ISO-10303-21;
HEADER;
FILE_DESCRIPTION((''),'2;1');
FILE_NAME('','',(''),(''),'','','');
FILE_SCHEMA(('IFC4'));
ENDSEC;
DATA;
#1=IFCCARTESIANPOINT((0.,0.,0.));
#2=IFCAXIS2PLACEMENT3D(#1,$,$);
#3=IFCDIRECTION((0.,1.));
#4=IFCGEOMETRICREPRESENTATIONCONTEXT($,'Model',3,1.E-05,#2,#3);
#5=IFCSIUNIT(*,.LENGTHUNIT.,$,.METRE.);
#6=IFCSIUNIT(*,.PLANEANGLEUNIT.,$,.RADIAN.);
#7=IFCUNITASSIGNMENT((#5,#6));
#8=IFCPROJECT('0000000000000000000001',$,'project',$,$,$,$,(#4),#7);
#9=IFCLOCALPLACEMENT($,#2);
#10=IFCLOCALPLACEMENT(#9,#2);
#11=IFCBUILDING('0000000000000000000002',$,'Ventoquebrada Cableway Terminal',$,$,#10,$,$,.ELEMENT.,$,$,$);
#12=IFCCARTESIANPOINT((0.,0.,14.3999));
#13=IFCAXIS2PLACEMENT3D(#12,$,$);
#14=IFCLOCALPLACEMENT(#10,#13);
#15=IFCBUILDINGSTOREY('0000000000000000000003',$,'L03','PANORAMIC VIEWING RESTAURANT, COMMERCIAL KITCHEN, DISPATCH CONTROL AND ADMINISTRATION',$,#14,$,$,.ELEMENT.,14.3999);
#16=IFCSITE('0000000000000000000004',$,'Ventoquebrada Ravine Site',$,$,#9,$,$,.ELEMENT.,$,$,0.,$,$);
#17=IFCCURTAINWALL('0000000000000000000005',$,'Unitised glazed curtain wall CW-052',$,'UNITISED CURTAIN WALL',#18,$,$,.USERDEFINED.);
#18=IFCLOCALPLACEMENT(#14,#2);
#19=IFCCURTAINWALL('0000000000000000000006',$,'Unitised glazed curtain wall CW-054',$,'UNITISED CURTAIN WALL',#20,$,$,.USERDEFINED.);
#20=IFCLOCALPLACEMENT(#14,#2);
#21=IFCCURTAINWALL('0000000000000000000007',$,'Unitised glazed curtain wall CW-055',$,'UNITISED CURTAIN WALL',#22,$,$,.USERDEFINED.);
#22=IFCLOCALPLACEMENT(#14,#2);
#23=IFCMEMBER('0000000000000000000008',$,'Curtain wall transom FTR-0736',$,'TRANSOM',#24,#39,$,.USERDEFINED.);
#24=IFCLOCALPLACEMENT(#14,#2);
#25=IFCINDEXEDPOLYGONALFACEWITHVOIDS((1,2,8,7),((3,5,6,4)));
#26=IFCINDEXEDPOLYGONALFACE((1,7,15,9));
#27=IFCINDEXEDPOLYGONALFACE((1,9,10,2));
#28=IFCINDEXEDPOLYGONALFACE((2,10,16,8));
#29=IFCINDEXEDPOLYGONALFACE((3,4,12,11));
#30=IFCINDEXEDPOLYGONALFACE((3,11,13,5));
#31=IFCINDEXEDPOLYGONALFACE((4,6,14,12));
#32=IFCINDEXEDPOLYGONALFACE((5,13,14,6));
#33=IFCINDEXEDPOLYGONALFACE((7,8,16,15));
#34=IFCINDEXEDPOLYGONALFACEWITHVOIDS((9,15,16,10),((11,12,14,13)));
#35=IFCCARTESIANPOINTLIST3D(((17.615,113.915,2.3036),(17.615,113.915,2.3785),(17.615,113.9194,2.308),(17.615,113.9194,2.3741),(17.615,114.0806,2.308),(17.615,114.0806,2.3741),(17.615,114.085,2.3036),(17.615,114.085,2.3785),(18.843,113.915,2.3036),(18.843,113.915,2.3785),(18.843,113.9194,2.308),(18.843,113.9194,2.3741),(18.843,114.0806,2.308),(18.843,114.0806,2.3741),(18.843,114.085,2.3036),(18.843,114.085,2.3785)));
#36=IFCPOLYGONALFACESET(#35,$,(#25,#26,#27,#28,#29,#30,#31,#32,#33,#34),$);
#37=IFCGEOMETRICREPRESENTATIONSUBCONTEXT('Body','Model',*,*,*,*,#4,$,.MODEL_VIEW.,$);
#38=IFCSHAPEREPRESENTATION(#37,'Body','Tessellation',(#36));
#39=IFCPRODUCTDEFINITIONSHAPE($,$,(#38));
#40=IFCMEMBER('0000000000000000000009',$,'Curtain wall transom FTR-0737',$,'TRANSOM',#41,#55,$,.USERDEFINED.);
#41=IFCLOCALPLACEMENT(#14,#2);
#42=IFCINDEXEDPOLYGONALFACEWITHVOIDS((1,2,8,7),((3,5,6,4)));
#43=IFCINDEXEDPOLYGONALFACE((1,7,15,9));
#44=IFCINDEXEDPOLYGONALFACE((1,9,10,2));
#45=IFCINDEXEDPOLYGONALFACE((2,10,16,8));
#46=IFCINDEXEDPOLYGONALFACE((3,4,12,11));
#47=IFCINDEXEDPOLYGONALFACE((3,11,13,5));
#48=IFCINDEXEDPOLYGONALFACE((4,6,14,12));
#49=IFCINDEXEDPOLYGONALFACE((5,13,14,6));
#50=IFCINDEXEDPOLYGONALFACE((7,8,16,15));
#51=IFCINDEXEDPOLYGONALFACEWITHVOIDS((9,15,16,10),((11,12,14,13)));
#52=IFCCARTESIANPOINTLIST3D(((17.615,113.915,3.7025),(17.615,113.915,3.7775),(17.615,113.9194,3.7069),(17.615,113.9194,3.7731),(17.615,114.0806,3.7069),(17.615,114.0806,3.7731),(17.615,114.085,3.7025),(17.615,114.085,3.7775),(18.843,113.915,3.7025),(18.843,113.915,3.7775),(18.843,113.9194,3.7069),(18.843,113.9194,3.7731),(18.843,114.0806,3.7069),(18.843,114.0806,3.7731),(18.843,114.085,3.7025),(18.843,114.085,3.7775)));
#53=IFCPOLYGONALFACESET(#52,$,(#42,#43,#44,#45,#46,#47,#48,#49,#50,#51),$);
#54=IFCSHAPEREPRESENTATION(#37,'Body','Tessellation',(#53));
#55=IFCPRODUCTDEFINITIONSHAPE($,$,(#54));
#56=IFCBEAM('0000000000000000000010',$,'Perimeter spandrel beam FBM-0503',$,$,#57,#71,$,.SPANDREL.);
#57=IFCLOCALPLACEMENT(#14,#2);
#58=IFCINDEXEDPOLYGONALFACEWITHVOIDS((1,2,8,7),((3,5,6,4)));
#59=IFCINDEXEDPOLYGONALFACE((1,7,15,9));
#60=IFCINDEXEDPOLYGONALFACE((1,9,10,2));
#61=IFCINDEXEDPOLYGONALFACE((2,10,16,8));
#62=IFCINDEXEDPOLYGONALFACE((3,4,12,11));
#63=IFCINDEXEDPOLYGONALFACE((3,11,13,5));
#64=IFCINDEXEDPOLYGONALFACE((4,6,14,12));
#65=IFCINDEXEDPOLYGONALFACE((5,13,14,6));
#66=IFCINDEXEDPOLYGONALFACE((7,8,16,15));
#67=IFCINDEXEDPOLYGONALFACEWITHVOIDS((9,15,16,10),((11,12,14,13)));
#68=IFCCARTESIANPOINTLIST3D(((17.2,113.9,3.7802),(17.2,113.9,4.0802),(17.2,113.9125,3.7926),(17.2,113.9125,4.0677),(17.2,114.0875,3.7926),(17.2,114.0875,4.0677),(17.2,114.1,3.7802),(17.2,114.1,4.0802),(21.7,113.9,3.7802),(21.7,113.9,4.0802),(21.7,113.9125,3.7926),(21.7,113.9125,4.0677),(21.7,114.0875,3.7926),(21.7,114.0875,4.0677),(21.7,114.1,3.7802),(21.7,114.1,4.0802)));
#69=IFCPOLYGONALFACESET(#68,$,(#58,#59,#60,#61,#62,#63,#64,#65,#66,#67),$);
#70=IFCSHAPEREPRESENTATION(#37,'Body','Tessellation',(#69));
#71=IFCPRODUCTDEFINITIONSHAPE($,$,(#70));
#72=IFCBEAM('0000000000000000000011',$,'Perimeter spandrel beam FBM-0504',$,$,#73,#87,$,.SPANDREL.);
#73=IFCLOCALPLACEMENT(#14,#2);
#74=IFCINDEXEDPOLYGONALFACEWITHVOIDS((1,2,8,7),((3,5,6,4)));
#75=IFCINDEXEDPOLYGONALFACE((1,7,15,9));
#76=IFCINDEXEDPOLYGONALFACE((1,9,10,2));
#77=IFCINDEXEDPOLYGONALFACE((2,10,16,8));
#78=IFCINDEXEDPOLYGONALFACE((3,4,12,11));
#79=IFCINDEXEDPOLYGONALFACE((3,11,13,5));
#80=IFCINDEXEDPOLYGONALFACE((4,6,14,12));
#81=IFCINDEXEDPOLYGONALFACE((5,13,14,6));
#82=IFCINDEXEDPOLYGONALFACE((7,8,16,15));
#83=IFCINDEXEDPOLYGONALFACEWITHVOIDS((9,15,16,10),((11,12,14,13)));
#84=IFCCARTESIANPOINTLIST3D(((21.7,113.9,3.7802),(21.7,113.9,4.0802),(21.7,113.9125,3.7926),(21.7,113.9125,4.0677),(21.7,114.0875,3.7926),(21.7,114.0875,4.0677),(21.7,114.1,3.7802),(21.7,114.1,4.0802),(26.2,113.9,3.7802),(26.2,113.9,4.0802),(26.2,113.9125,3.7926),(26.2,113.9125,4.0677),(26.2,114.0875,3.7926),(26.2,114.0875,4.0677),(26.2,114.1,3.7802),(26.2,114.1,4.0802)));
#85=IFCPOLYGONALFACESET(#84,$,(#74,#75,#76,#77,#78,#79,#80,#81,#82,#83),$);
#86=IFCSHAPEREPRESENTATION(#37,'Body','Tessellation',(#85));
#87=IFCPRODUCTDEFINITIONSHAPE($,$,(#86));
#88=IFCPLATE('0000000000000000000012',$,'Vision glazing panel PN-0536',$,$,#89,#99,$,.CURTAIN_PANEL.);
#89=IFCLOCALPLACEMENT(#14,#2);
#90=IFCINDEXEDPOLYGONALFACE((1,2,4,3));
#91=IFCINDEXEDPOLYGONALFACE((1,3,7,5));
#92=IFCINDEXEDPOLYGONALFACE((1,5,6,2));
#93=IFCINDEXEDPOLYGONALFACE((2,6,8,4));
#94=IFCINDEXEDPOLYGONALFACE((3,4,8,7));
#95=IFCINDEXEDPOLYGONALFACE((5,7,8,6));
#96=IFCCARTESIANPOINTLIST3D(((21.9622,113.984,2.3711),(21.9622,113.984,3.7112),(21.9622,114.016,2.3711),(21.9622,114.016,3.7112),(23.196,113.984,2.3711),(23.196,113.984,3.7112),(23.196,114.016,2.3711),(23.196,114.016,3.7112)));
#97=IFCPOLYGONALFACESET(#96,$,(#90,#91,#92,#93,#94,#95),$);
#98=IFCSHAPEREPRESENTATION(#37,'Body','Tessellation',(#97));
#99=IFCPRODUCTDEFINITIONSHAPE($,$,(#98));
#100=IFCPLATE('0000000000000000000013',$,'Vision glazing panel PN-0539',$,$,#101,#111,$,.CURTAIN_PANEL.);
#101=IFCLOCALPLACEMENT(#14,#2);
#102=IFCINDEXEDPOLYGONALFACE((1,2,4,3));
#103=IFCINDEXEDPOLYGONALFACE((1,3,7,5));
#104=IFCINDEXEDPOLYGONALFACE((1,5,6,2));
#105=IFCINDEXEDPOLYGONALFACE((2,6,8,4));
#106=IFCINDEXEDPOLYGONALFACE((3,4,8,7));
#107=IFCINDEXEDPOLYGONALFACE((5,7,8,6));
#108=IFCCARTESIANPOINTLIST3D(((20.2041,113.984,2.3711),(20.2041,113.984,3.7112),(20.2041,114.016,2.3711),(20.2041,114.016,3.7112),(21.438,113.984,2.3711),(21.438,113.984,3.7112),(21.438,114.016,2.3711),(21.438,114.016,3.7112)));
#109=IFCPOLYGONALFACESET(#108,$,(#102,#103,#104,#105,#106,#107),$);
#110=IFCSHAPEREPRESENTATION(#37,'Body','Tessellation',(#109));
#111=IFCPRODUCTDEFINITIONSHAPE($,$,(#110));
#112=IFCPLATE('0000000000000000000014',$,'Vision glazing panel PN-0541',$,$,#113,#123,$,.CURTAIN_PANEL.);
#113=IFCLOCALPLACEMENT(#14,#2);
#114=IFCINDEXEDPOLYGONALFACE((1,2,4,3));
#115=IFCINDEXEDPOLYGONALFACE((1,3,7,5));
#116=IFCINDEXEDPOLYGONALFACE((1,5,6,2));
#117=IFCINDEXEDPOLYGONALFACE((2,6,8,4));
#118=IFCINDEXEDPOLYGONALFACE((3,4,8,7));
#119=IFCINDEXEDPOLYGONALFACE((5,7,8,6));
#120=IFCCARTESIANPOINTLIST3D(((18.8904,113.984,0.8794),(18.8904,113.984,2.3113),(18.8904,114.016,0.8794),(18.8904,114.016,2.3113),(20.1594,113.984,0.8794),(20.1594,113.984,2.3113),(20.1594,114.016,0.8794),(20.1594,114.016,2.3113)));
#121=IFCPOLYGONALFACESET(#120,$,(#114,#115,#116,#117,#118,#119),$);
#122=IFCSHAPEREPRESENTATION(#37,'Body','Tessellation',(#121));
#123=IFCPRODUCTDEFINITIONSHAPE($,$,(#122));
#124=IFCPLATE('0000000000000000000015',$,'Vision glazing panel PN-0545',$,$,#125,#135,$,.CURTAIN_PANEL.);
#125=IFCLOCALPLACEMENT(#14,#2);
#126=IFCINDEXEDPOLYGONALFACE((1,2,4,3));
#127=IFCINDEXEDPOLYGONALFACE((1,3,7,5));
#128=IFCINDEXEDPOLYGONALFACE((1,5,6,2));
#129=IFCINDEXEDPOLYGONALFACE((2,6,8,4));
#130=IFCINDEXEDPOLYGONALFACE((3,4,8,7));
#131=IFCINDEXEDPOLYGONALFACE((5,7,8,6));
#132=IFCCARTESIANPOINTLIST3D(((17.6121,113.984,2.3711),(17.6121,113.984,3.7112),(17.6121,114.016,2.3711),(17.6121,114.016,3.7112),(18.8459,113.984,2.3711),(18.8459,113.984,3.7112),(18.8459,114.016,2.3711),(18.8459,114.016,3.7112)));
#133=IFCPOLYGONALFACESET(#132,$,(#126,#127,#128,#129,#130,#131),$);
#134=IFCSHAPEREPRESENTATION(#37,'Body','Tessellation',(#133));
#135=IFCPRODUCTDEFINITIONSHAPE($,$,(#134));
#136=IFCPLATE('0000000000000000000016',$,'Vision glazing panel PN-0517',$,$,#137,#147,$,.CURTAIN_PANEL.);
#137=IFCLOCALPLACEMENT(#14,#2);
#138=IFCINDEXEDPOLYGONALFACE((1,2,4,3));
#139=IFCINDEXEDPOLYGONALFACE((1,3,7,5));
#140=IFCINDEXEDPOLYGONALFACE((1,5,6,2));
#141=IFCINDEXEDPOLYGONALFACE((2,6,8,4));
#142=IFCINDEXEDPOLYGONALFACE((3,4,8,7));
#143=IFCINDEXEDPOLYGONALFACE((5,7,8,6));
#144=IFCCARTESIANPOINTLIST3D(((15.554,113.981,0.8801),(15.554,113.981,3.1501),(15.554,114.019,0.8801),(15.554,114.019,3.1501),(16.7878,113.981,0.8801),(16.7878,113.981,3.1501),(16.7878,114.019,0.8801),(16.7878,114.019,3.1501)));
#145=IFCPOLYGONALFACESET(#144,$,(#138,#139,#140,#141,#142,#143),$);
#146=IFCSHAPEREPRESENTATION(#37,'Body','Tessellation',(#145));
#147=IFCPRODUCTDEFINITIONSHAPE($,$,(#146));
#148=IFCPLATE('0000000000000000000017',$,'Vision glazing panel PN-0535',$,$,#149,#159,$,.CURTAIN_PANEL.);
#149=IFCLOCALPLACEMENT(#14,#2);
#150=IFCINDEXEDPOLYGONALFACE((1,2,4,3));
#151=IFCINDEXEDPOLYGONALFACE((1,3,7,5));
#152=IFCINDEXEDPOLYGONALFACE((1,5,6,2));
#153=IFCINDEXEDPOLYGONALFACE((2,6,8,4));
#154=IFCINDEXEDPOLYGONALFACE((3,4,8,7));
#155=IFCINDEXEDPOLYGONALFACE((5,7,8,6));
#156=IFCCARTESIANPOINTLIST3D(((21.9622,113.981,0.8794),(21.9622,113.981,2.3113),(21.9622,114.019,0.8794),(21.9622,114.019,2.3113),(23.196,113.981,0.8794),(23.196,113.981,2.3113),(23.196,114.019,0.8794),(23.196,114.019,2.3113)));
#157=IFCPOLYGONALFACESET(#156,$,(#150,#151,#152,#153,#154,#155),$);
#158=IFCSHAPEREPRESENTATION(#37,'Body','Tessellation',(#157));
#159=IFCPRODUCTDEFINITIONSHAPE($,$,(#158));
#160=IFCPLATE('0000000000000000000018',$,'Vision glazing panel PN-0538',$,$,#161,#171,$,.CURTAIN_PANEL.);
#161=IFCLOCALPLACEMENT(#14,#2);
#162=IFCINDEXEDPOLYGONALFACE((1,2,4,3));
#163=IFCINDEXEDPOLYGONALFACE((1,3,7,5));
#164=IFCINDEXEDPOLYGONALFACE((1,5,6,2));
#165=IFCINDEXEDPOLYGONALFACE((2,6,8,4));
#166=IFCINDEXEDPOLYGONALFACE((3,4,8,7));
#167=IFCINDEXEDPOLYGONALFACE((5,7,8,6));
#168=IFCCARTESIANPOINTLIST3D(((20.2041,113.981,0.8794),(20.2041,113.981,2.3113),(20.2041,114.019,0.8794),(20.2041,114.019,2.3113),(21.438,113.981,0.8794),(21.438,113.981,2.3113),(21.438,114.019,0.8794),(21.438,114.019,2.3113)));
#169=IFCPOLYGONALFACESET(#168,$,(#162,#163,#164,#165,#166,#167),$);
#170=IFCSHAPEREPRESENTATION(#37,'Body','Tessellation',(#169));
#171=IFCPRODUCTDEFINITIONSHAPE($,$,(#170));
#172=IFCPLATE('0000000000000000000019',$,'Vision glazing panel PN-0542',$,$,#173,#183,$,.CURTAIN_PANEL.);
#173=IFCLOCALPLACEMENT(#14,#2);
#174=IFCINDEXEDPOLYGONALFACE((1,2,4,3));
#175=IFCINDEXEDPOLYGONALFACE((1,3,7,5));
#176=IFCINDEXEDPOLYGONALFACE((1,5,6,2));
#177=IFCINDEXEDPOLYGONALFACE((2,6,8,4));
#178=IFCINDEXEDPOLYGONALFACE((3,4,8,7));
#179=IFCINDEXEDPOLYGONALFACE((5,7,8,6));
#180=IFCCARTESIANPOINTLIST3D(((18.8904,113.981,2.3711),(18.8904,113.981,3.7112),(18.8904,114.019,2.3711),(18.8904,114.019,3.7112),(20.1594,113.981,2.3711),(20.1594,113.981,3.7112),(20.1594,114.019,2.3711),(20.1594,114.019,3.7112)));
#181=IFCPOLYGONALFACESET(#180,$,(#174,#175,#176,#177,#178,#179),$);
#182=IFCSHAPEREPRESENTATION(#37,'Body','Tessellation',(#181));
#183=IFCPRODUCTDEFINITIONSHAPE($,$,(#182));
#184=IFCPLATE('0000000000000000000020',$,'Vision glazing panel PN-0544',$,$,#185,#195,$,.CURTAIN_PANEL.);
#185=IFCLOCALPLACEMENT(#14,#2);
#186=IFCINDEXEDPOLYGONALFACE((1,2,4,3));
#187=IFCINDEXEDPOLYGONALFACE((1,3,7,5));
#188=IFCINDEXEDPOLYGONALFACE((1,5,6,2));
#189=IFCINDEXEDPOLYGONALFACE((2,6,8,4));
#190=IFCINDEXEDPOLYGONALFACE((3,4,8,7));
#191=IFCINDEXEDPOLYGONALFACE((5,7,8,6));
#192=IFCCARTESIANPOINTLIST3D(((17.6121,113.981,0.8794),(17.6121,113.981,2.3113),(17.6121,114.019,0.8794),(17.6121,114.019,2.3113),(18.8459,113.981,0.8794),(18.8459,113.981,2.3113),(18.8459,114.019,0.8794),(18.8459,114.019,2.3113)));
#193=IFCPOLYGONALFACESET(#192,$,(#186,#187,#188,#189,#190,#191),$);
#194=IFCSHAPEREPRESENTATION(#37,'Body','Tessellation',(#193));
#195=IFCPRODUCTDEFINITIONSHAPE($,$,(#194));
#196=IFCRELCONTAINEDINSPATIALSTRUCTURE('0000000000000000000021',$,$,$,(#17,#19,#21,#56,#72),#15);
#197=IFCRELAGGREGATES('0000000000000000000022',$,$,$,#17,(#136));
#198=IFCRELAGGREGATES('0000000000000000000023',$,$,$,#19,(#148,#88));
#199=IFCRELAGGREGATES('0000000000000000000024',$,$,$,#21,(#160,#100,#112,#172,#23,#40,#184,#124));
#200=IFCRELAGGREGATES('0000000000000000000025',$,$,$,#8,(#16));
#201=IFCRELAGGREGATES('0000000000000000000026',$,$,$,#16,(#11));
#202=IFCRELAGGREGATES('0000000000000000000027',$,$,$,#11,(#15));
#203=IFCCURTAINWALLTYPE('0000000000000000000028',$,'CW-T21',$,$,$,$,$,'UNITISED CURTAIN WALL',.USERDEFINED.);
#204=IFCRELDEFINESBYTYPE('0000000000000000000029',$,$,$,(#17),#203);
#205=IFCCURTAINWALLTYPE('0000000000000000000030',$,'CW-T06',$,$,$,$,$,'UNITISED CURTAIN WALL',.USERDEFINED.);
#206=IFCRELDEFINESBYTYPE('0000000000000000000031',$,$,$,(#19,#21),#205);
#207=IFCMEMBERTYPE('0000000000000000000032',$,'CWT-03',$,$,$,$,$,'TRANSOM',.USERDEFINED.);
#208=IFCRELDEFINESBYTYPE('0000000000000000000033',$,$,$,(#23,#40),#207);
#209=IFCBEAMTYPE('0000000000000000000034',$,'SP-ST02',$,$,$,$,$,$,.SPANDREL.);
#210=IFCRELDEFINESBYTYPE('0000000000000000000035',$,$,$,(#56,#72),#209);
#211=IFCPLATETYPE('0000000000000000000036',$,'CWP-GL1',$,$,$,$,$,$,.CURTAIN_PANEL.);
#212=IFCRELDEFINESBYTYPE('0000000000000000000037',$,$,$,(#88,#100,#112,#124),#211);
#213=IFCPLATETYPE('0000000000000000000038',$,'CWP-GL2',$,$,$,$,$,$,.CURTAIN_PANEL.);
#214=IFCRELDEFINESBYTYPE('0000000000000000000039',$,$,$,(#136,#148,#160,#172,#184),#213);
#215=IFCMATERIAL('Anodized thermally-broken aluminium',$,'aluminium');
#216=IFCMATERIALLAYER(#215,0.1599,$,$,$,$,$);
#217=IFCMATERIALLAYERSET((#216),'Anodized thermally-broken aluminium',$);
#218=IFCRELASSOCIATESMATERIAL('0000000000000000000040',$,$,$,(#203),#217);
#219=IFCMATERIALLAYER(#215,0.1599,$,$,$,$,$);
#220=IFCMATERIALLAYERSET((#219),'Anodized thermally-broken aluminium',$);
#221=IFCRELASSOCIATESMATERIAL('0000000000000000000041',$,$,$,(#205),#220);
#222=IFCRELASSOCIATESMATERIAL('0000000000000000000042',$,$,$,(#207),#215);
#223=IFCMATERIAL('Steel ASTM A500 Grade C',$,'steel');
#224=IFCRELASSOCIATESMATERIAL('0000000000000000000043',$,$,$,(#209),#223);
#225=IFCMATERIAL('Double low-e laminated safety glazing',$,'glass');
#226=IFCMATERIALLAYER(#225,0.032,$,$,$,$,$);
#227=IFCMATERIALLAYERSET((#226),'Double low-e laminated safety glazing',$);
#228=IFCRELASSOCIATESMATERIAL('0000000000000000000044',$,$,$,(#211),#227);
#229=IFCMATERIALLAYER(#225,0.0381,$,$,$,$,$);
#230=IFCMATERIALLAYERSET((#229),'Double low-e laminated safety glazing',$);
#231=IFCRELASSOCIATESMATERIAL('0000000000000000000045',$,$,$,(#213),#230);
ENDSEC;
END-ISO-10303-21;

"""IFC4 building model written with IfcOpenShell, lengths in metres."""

from ifc_helpers import new_model, si_unit, direction, frame, origin, origin_2d, place, context, subcontext, project, spatial, rectangle, hollow_rectangle, extrude, material, layer, layer_set, material_profile, profile_set, type_object, element, aggregate, save


model = new_model("IFC4")

# Units and contexts
model_context = context("Model", 3, precision=1e-05, world=origin(), true_north=direction((0.0, 1.0)))
body_context = subcontext(model_context, "Body", "Model", "MODEL_VIEW")
ifc_project = project(units=[si_unit("LENGTHUNIT", "METRE"), si_unit("PLANEANGLEUNIT", "RADIAN")], contexts=[model_context])

# Site, building, storey
site_placement = place(None, origin())
site = spatial("IfcSite", under=ifc_project, at=site_placement, Name="Ventoquebrada Ravine Site", CompositionType="ELEMENT", RefElevation=0.0)
building_placement = place(site_placement, origin())
building = spatial("IfcBuilding", under=site, at=building_placement, Name="Ventoquebrada Cableway Terminal", CompositionType="ELEMENT")
storey_placement = place(building_placement, frame((0.0, 0.0, 14.3999)))
storey = spatial("IfcBuildingStorey", under=building, at=storey_placement, Name="L03", Description="PANORAMIC VIEWING RESTAURANT, COMMERCIAL KITCHEN, DISPATCH CONTROL AND ADMINISTRATION", CompositionType="ELEMENT", Elevation=14.3999)

# Curtain wall
ifc_material_1 = material(Name="Anodized thermally-broken aluminium", Category="aluminium")
ifc_layer_1 = layer(ifc_material_1, 0.1599)
ifc_layer_set_1 = layer_set([ifc_layer_1], Name="Anodized thermally-broken aluminium")
curtain_wall_type_1 = type_object("IfcCurtainWallType", Name="CW-T21", ElementType="UNITISED CURTAIN WALL", PredefinedType="USERDEFINED", material=ifc_layer_set_1)
curtain_wall_1_placement = place(storey_placement, origin())
curtain_wall_1 = element("IfcCurtainWall", 1, at=curtain_wall_1_placement, inside=storey, type_object=curtain_wall_type_1, Name="Unitised glazed curtain wall CW-052", ObjectType="UNITISED CURTAIN WALL", PredefinedType="USERDEFINED")

# Curtain wall
ifc_layer_2 = layer(ifc_material_1, 0.1599)
ifc_layer_set_2 = layer_set([ifc_layer_2], Name="Anodized thermally-broken aluminium")
curtain_wall_type_2 = type_object("IfcCurtainWallType", Name="CW-T06", ElementType="UNITISED CURTAIN WALL", PredefinedType="USERDEFINED", material=ifc_layer_set_2)
curtain_wall_2_placement = place(storey_placement, origin())
curtain_wall_2 = element("IfcCurtainWall", 2, at=curtain_wall_2_placement, inside=storey, type_object=curtain_wall_type_2, Name="Unitised glazed curtain wall CW-054", ObjectType="UNITISED CURTAIN WALL", PredefinedType="USERDEFINED")

# Curtain wall
curtain_wall_3_placement = place(storey_placement, origin())
curtain_wall_3 = element("IfcCurtainWall", 3, at=curtain_wall_3_placement, inside=storey, type_object=curtain_wall_type_2, Name="Unitised glazed curtain wall CW-055", ObjectType="UNITISED CURTAIN WALL", PredefinedType="USERDEFINED")

# Members
ifc_material_profile_1 = material_profile(ifc_material_1, hollow_rectangle(XDim=0.075, YDim=0.1699, WallThickness=0.0044, at=origin_2d()), Name="CW-TRN-75X170")
ifc_profile_set_1 = profile_set([ifc_material_profile_1], Name="Anodized thermally-broken aluminium")
member_type_1 = type_object("IfcMemberType", Name="CWT-03", ElementType="TRANSOM", PredefinedType="USERDEFINED", material=ifc_profile_set_1)
member_1_placement = place(storey_placement, frame((18.843, 114.0, 2.3411), z_axis=(-1.0, 0.0, 0.0), x_axis=(0.0, 0.0, 1.0)))
member_1 = element("IfcMember", 4, at=member_1_placement, type_object=member_type_1, Name="Curtain wall transom FTR-0736", ObjectType="TRANSOM", PredefinedType="USERDEFINED", context=body_context, shape_type="SweptSolid", body=[
    extrude(hollow_rectangle(XDim=0.075, YDim=0.1699, WallThickness=0.0044, at=origin_2d()), origin(), (0.0, 0.0, 1.0), 1.228),
])
member_2_placement = place(storey_placement, frame((18.843, 114.0, 3.74), z_axis=(-1.0, 0.0, 0.0), x_axis=(0.0, 0.0, 1.0)))
member_2 = element("IfcMember", 5, at=member_2_placement, type_object=member_type_1, Name="Curtain wall transom FTR-0737", ObjectType="TRANSOM", PredefinedType="USERDEFINED", context=body_context, shape_type="SweptSolid", body=[
    extrude(hollow_rectangle(XDim=0.075, YDim=0.1699, WallThickness=0.0044, at=origin_2d()), origin(), (0.0, 0.0, 1.0), 1.228),
])

# Beams
ifc_material_2 = material(Name="Steel ASTM A500 Grade C", Category="steel")
ifc_material_profile_2 = material_profile(ifc_material_2, hollow_rectangle(XDim=0.2, YDim=0.3, WallThickness=0.0125, at=origin_2d()), Name="RHS300X200X12.5")
ifc_profile_set_2 = profile_set([ifc_material_profile_2], Name="Steel ASTM A500 Grade C")
beam_type = type_object("IfcBeamType", Name="SP-ST02", PredefinedType="SPANDREL", material=ifc_profile_set_2)
for number, where, z_axis, x_axis, name in (
    (6, (17.2, 114.0, 3.9302), (1.0, 0.0, 0.0), (0.0, 1.0, 0.0), "Perimeter spandrel beam FBM-0503"),
    (7, (21.7, 114.0, 3.9302), (1.0, 0.0, 0.0), (0.0, 1.0, 0.0), "Perimeter spandrel beam FBM-0504"),
):
    element("IfcBeam", number, at=place(storey_placement, frame(where, z_axis=z_axis, x_axis=x_axis)), inside=storey, type_object=beam_type, Name=name, PredefinedType="SPANDREL", context=body_context, shape_type="SweptSolid", body=[
        extrude(hollow_rectangle(XDim=0.2, YDim=0.3, WallThickness=0.0125, at=origin_2d()), origin(), (0.0, 0.0, 1.0), 4.5),
    ])

# Plates
ifc_material_3 = material(Name="Double low-e laminated safety glazing", Category="glass")
ifc_layer_3 = layer(ifc_material_3, 0.032)
ifc_layer_set_3 = layer_set([ifc_layer_3], Name="Double low-e laminated safety glazing")
plate_type_1 = type_object("IfcPlateType", Name="CWP-GL1", PredefinedType="CURTAIN_PANEL", material=ifc_layer_set_3)
plate_1_placement = place(storey_placement, frame((22.5791, 114.0, 2.3711), z_axis=(0.0, 0.0, 1.0), x_axis=(-1.0, 0.0, 0.0)))
plate_1 = element("IfcPlate", 8, at=plate_1_placement, type_object=plate_type_1, Name="Vision glazing panel PN-0536", PredefinedType="CURTAIN_PANEL", context=body_context, shape_type="SweptSolid", body=[
    extrude(rectangle(XDim=1.2339, YDim=0.032, at=origin_2d()), origin(), (0.0, 0.0, 1.0), 1.3401),
])
plate_2_placement = place(storey_placement, frame((20.821, 114.0, 2.3711), z_axis=(0.0, 0.0, 1.0), x_axis=(-1.0, 0.0, 0.0)))
plate_2 = element("IfcPlate", 9, at=plate_2_placement, type_object=plate_type_1, Name="Vision glazing panel PN-0539", PredefinedType="CURTAIN_PANEL", context=body_context, shape_type="SweptSolid", body=[
    extrude(rectangle(XDim=1.2339, YDim=0.032, at=origin_2d()), origin(), (0.0, 0.0, 1.0), 1.3401),
])
plate_3_placement = place(storey_placement, frame((19.5249, 114.0, 0.8794), z_axis=(0.0, 0.0, 1.0), x_axis=(-1.0, 0.0, 0.0)))
plate_3 = element("IfcPlate", 10, at=plate_3_placement, type_object=plate_type_1, Name="Vision glazing panel PN-0541", PredefinedType="CURTAIN_PANEL", context=body_context, shape_type="SweptSolid", body=[
    extrude(rectangle(XDim=1.269, YDim=0.032, at=origin_2d()), origin(), (0.0, 0.0, 1.0), 1.4319),
])
plate_4_placement = place(storey_placement, frame((18.229, 114.0, 2.3711), z_axis=(0.0, 0.0, 1.0), x_axis=(-1.0, 0.0, 0.0)))
plate_4 = element("IfcPlate", 11, at=plate_4_placement, type_object=plate_type_1, Name="Vision glazing panel PN-0545", PredefinedType="CURTAIN_PANEL", context=body_context, shape_type="SweptSolid", body=[
    extrude(rectangle(XDim=1.2339, YDim=0.032, at=origin_2d()), origin(), (0.0, 0.0, 1.0), 1.3401),
])
ifc_layer_4 = layer(ifc_material_3, 0.0381)
ifc_layer_set_4 = layer_set([ifc_layer_4], Name="Double low-e laminated safety glazing")
plate_type_2 = type_object("IfcPlateType", Name="CWP-GL2", PredefinedType="CURTAIN_PANEL", material=ifc_layer_set_4)
plate_5_placement = place(storey_placement, frame((16.1709, 114.0, 0.8801), z_axis=(0.0, 0.0, 1.0), x_axis=(-1.0, 0.0, 0.0)))
plate_5 = element("IfcPlate", 12, at=plate_5_placement, type_object=plate_type_2, Name="Vision glazing panel PN-0517", PredefinedType="CURTAIN_PANEL", context=body_context, shape_type="SweptSolid", body=[
    extrude(rectangle(XDim=1.2339, YDim=0.0381, at=origin_2d()), origin(), (0.0, 0.0, 1.0), 2.27),
])
plate_6_placement = place(storey_placement, frame((22.5791, 114.0, 0.8794), z_axis=(0.0, 0.0, 1.0), x_axis=(-1.0, 0.0, 0.0)))
plate_6 = element("IfcPlate", 13, at=plate_6_placement, type_object=plate_type_2, Name="Vision glazing panel PN-0535", PredefinedType="CURTAIN_PANEL", context=body_context, shape_type="SweptSolid", body=[
    extrude(rectangle(XDim=1.2339, YDim=0.0381, at=origin_2d()), origin(), (0.0, 0.0, 1.0), 1.4319),
])
plate_7_placement = place(storey_placement, frame((20.821, 114.0, 0.8794), z_axis=(0.0, 0.0, 1.0), x_axis=(-1.0, 0.0, 0.0)))
plate_7 = element("IfcPlate", 14, at=plate_7_placement, type_object=plate_type_2, Name="Vision glazing panel PN-0538", PredefinedType="CURTAIN_PANEL", context=body_context, shape_type="SweptSolid", body=[
    extrude(rectangle(XDim=1.2339, YDim=0.0381, at=origin_2d()), origin(), (0.0, 0.0, 1.0), 1.4319),
])
plate_8_placement = place(storey_placement, frame((19.5249, 114.0, 2.3711), z_axis=(0.0, 0.0, 1.0), x_axis=(-1.0, 0.0, 0.0)))
plate_8 = element("IfcPlate", 15, at=plate_8_placement, type_object=plate_type_2, Name="Vision glazing panel PN-0542", PredefinedType="CURTAIN_PANEL", context=body_context, shape_type="SweptSolid", body=[
    extrude(rectangle(XDim=1.269, YDim=0.0381, at=origin_2d()), origin(), (0.0, 0.0, 1.0), 1.3401),
])
plate_9_placement = place(storey_placement, frame((18.229, 114.0, 0.8794), z_axis=(0.0, 0.0, 1.0), x_axis=(-1.0, 0.0, 0.0)))
plate_9 = element("IfcPlate", 16, at=plate_9_placement, type_object=plate_type_2, Name="Vision glazing panel PN-0544", PredefinedType="CURTAIN_PANEL", context=body_context, shape_type="SweptSolid", body=[
    extrude(rectangle(XDim=1.2339, YDim=0.0381, at=origin_2d()), origin(), (0.0, 0.0, 1.0), 1.4319),
])
aggregate(curtain_wall_1, [plate_5])
aggregate(curtain_wall_2, [plate_6, plate_1])
aggregate(curtain_wall_3, [plate_7, plate_2, plate_3, plate_8, member_1, member_2, plate_9, plate_4])

save(model, "model.ifc")
